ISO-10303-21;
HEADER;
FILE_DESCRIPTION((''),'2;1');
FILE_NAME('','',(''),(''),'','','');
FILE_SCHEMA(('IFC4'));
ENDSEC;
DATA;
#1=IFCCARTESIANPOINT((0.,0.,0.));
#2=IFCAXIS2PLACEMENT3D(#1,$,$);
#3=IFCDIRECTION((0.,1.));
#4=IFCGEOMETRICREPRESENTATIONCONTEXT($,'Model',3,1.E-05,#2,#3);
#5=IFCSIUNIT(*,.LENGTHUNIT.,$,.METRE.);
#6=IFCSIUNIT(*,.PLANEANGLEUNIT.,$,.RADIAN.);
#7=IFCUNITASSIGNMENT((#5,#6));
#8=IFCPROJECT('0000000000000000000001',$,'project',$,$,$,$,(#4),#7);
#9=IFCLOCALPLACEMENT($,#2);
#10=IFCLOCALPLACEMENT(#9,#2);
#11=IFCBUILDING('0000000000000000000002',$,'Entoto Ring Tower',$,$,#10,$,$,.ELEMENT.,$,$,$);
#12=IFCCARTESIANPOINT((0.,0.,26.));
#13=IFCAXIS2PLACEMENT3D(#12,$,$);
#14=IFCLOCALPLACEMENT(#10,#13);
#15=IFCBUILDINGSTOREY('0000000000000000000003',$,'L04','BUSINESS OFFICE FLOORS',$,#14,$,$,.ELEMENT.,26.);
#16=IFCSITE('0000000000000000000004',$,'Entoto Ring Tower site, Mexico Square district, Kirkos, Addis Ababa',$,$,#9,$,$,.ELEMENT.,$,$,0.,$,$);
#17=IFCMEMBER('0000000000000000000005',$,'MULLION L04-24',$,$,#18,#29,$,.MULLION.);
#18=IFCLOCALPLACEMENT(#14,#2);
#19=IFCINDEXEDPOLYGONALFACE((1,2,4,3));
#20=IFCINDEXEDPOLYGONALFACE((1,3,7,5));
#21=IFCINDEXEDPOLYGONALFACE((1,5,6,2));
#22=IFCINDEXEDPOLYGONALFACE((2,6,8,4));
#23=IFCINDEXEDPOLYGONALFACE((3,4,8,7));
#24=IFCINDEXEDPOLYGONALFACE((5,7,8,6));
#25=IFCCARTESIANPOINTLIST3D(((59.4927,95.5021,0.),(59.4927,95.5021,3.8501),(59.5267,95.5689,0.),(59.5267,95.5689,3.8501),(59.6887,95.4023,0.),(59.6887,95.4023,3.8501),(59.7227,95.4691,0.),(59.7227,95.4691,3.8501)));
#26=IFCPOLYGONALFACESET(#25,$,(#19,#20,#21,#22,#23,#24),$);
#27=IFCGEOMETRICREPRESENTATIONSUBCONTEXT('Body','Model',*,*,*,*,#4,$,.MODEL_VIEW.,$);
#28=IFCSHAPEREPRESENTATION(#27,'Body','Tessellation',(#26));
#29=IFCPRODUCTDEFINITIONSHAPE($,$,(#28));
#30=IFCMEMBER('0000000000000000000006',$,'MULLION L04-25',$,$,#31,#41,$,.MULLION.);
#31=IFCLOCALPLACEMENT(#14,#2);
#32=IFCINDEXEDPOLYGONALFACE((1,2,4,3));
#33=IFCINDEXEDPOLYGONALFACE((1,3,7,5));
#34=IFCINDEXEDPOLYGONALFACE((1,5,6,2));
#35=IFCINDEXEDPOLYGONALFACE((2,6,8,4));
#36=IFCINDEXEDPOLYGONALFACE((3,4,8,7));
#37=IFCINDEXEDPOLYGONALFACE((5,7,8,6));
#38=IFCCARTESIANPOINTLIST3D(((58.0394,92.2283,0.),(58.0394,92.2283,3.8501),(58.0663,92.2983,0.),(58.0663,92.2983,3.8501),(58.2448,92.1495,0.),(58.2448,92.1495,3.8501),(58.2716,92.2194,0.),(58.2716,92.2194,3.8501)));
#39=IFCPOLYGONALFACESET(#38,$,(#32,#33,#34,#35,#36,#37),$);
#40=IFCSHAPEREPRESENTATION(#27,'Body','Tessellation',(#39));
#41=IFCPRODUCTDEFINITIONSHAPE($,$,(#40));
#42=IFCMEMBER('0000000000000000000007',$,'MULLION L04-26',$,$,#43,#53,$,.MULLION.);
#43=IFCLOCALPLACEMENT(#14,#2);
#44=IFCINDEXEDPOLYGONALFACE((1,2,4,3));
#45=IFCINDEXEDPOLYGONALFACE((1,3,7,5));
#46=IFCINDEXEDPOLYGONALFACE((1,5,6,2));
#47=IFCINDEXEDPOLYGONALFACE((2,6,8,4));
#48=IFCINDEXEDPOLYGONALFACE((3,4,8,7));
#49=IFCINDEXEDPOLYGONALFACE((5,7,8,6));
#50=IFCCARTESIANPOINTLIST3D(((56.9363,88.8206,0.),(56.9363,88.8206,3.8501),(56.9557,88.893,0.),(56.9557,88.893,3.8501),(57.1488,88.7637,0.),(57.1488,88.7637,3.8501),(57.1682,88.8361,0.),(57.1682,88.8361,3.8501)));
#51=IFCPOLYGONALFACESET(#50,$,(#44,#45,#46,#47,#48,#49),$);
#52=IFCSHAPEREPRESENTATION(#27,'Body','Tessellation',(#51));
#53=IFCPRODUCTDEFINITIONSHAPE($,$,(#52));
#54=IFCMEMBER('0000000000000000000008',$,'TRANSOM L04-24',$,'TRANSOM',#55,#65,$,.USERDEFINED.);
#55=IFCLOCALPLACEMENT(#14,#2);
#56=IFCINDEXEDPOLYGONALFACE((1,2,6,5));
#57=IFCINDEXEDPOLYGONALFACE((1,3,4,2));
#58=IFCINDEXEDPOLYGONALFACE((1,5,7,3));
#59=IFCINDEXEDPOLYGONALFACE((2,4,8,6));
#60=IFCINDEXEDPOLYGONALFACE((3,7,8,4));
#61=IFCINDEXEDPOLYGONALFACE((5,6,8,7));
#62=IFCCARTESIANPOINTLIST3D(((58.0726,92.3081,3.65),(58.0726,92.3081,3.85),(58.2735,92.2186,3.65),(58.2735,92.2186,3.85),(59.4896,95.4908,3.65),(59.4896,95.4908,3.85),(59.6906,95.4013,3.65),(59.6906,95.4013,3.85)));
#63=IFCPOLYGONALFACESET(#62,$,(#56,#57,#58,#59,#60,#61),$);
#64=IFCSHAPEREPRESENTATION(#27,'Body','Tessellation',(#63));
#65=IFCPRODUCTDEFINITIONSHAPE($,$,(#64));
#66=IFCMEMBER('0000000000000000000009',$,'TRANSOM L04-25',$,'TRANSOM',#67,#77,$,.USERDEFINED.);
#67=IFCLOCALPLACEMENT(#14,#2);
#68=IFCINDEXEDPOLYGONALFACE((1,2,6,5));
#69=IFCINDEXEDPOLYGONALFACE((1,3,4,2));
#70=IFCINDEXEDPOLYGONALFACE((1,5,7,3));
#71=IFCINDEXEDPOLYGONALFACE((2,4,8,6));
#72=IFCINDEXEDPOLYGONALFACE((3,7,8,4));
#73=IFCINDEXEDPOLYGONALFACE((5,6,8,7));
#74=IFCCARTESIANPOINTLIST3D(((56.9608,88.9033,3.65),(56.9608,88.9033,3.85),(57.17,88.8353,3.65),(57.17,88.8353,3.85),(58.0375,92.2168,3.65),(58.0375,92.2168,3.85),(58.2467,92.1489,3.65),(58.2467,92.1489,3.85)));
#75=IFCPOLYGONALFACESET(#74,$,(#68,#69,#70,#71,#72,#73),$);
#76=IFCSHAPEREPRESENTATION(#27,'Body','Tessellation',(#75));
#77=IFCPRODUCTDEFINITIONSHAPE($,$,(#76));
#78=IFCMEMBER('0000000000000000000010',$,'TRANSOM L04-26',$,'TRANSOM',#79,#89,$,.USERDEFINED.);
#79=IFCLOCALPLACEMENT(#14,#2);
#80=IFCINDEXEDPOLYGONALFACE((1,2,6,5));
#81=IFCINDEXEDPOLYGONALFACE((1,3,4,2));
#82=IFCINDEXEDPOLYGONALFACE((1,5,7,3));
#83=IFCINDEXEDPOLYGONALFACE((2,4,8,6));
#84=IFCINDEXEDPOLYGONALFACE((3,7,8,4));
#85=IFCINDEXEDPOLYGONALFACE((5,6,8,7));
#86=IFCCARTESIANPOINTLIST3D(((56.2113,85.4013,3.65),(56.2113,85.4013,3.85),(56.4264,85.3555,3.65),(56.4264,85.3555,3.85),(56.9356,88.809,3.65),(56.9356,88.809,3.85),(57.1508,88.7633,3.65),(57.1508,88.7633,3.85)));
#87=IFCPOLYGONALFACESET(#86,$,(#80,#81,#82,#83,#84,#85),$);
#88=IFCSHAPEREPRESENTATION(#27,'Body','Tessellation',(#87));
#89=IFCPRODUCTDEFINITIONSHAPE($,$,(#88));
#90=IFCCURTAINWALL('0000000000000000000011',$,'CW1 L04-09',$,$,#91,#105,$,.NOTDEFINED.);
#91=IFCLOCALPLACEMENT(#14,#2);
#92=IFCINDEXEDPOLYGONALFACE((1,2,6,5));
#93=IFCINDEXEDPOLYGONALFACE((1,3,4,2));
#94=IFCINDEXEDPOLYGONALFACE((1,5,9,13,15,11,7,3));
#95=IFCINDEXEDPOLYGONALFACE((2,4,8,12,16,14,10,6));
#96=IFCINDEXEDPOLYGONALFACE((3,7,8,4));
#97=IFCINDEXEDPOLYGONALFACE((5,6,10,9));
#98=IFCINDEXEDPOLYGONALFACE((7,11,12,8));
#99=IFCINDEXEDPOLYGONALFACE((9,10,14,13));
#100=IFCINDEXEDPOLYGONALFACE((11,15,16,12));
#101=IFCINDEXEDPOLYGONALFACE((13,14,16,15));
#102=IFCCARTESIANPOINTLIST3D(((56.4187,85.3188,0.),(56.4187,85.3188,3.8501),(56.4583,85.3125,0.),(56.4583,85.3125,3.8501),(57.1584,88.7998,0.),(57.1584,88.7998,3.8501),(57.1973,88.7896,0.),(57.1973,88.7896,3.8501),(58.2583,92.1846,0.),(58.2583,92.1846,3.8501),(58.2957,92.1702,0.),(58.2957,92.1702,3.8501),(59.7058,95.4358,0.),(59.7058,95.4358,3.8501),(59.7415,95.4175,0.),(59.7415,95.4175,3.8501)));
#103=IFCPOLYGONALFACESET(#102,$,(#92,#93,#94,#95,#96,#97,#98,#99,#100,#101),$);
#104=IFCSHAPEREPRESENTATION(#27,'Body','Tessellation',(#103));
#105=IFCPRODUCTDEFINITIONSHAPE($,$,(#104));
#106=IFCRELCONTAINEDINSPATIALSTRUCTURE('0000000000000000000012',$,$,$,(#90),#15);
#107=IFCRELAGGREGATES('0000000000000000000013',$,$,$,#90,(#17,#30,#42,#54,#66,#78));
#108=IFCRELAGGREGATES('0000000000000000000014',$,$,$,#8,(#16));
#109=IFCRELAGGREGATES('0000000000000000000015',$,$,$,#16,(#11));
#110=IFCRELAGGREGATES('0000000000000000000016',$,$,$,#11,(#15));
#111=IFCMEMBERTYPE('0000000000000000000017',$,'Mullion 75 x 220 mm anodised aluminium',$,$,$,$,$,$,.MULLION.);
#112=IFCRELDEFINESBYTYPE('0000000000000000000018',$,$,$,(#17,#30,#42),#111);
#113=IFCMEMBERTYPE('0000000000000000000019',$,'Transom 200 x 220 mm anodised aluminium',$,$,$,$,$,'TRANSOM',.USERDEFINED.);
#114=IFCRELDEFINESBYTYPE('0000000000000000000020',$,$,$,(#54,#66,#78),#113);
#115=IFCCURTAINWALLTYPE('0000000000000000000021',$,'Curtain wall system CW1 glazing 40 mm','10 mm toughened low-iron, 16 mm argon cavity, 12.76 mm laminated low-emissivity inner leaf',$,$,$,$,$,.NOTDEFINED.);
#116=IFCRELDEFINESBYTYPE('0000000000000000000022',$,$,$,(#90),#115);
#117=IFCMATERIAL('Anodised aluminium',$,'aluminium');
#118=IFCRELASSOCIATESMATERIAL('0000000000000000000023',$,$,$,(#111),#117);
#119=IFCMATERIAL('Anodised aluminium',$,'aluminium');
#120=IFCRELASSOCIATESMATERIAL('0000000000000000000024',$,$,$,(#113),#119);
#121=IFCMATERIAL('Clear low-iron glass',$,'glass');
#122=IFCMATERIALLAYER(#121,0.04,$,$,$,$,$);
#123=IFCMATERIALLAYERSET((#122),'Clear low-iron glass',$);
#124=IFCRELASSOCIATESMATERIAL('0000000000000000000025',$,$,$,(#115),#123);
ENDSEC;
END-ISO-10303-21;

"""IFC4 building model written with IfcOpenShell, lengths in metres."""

from ifc_helpers import new_model, si_unit, direction, frame, origin, origin_2d, place, context, subcontext, project, spatial, polyline, rectangle, outline, extrude, material, layer, layer_set, material_profile, profile_set, type_object, element, aggregate, save


model = new_model("IFC4")

# Units and contexts
model_context = context("Model", 3, precision=1e-05, world=origin(), true_north=direction((0.0, 1.0)))
body_context = subcontext(model_context, "Body", "Model", "MODEL_VIEW")
ifc_project = project(units=[si_unit("LENGTHUNIT", "METRE"), si_unit("PLANEANGLEUNIT", "RADIAN")], contexts=[model_context])

# Members
ifc_material_1 = material(Name="Anodised aluminium", Category="aluminium")
ifc_material_profile_1 = material_profile(ifc_material_1, rectangle(XDim=0.075, YDim=0.22, at=origin_2d()), Name="Mullion 75 x 220 mm anodised aluminium")
ifc_profile_set_1 = profile_set([ifc_material_profile_1], Name="Anodised aluminium")
member_type_1 = type_object("IfcMemberType", Name="Mullion 75 x 220 mm anodised aluminium", PredefinedType="MULLION", material=ifc_profile_set_1)
site_placement = place(None, origin())
building_placement = place(site_placement, origin())
storey_placement = place(building_placement, frame((0.0, 0.0, 26.0)))
member_1_placement = place(storey_placement, frame((59.6077, 95.4856, 0.0), z_axis=(0.0, 0.0, 1.0), x_axis=(-0.45399, -0.891007, 0.0)))
member_1 = element("IfcMember", 1, at=member_1_placement, type_object=member_type_1, Name="MULLION L04-24", PredefinedType="MULLION", context=body_context, shape_type="SweptSolid", body=[
    extrude(rectangle(XDim=0.075, YDim=0.22, at=origin_2d()), origin(), (0.0, 0.0, 1.0), 3.8501),
])
member_2_placement = place(storey_placement, frame((58.1555, 92.2239, 0.0), z_axis=(0.0, 0.0, 1.0), x_axis=(-0.358368, -0.93358, 0.0)))
member_2 = element("IfcMember", 2, at=member_2_placement, type_object=member_type_1, Name="MULLION L04-25", PredefinedType="MULLION", context=body_context, shape_type="SweptSolid", body=[
    extrude(rectangle(XDim=0.075, YDim=0.22, at=origin_2d()), origin(), (0.0, 0.0, 1.0), 3.8501),
])
member_3_placement = place(storey_placement, frame((57.0522, 88.8284, 0.0), z_axis=(0.0, 0.0, 1.0), x_axis=(-0.258819, -0.965926, 0.0)))
member_3 = element("IfcMember", 3, at=member_3_placement, type_object=member_type_1, Name="MULLION L04-26", PredefinedType="MULLION", context=body_context, shape_type="SweptSolid", body=[
    extrude(rectangle(XDim=0.075, YDim=0.22, at=origin_2d()), origin(), (0.0, 0.0, 1.0), 3.8501),
])
ifc_material_2 = material(Name="Anodised aluminium", Category="aluminium")
ifc_material_profile_2 = material_profile(ifc_material_2, rectangle(XDim=0.22, YDim=0.2, at=origin_2d()), Name="Transom 200 x 220 mm anodised aluminium")
ifc_profile_set_2 = profile_set([ifc_material_profile_2], Name="Anodised aluminium")
member_type_2 = type_object("IfcMemberType", Name="Transom 200 x 220 mm anodised aluminium", ElementType="TRANSOM", PredefinedType="USERDEFINED", material=ifc_profile_set_2)
member_4_placement = place(storey_placement, frame((59.5901, 95.446, 3.75), z_axis=(-0.406737, -0.913545, 0.0), x_axis=(0.913545, -0.406737, 0.0)))
member_4 = element("IfcMember", 4, at=member_4_placement, type_object=member_type_2, Name="TRANSOM L04-24", ObjectType="TRANSOM", PredefinedType="USERDEFINED", context=body_context, shape_type="SweptSolid", body=[
    extrude(rectangle(XDim=0.22, YDim=0.2, at=origin_2d()), origin(), (0.0, 0.0, 1.0), 3.4839),
])
member_5_placement = place(storey_placement, frame((58.1421, 92.1829, 3.75), z_axis=(-0.309029, -0.951053, 0.0), x_axis=(0.951053, -0.309029, 0.0)))
member_5 = element("IfcMember", 5, at=member_5_placement, type_object=member_type_2, Name="TRANSOM L04-25", ObjectType="TRANSOM", PredefinedType="USERDEFINED", context=body_context, shape_type="SweptSolid", body=[
    extrude(rectangle(XDim=0.22, YDim=0.2, at=origin_2d()), origin(), (0.0, 0.0, 1.0), 3.4841),
])
member_6_placement = place(storey_placement, frame((57.0432, 88.7861, 3.75), z_axis=(-0.207921, -0.978146, 0.0), x_axis=(0.978146, -0.207921, 0.0)))
member_6 = element("IfcMember", 6, at=member_6_placement, type_object=member_type_2, Name="TRANSOM L04-26", ObjectType="TRANSOM", PredefinedType="USERDEFINED", context=body_context, shape_type="SweptSolid", body=[
    extrude(rectangle(XDim=0.22, YDim=0.2, at=origin_2d()), origin(), (0.0, 0.0, 1.0), 3.4839),
])

# Site, building, storey
site = spatial("IfcSite", under=ifc_project, at=site_placement, Name="Entoto Ring Tower site, Mexico Square district, Kirkos, Addis Ababa", CompositionType="ELEMENT", RefElevation=0.0)
building = spatial("IfcBuilding", under=site, at=building_placement, Name="Entoto Ring Tower", CompositionType="ELEMENT")
storey = spatial("IfcBuildingStorey", under=building, at=storey_placement, Name="L04", Description="BUSINESS OFFICE FLOORS", CompositionType="ELEMENT", Elevation=26.0)

# Curtain wall
ifc_material_3 = material(Name="Clear low-iron glass", Category="glass")
ifc_layer = layer(ifc_material_3, 0.04)
ifc_layer_set = layer_set([ifc_layer], Name="Clear low-iron glass")
curtain_wall_type = type_object("IfcCurtainWallType", Name="Curtain wall system CW1 glazing 40 mm", Description="10 mm toughened low-iron, 16 mm argon cavity, 12.76 mm laminated low-emissivity inner leaf", PredefinedType="NOTDEFINED", material=ifc_layer_set)
curtain_wall_1_placement = place(storey_placement, origin())
curtain_wall_1 = element("IfcCurtainWall", 7, at=curtain_wall_1_placement, inside=storey, type_object=curtain_wall_type, Name="CW1 L04-09", PredefinedType="NOTDEFINED", context=body_context, shape_type="SweptSolid", body=[
    extrude(outline(polyline([(59.7058, 95.4358), (58.2583, 92.1846), (57.1584, 88.7998), (56.4187, 85.3188), (56.4583, 85.3125), (57.1973, 88.7896), (58.2957, 92.1702), (59.7415, 95.4175), (59.7058, 95.4358)])), origin(), (0.0, 0.0, 1.0), 3.8501),
])
aggregate(curtain_wall_1, [member_1, member_2, member_3, member_4, member_5, member_6])

save(model, "model.ifc")
